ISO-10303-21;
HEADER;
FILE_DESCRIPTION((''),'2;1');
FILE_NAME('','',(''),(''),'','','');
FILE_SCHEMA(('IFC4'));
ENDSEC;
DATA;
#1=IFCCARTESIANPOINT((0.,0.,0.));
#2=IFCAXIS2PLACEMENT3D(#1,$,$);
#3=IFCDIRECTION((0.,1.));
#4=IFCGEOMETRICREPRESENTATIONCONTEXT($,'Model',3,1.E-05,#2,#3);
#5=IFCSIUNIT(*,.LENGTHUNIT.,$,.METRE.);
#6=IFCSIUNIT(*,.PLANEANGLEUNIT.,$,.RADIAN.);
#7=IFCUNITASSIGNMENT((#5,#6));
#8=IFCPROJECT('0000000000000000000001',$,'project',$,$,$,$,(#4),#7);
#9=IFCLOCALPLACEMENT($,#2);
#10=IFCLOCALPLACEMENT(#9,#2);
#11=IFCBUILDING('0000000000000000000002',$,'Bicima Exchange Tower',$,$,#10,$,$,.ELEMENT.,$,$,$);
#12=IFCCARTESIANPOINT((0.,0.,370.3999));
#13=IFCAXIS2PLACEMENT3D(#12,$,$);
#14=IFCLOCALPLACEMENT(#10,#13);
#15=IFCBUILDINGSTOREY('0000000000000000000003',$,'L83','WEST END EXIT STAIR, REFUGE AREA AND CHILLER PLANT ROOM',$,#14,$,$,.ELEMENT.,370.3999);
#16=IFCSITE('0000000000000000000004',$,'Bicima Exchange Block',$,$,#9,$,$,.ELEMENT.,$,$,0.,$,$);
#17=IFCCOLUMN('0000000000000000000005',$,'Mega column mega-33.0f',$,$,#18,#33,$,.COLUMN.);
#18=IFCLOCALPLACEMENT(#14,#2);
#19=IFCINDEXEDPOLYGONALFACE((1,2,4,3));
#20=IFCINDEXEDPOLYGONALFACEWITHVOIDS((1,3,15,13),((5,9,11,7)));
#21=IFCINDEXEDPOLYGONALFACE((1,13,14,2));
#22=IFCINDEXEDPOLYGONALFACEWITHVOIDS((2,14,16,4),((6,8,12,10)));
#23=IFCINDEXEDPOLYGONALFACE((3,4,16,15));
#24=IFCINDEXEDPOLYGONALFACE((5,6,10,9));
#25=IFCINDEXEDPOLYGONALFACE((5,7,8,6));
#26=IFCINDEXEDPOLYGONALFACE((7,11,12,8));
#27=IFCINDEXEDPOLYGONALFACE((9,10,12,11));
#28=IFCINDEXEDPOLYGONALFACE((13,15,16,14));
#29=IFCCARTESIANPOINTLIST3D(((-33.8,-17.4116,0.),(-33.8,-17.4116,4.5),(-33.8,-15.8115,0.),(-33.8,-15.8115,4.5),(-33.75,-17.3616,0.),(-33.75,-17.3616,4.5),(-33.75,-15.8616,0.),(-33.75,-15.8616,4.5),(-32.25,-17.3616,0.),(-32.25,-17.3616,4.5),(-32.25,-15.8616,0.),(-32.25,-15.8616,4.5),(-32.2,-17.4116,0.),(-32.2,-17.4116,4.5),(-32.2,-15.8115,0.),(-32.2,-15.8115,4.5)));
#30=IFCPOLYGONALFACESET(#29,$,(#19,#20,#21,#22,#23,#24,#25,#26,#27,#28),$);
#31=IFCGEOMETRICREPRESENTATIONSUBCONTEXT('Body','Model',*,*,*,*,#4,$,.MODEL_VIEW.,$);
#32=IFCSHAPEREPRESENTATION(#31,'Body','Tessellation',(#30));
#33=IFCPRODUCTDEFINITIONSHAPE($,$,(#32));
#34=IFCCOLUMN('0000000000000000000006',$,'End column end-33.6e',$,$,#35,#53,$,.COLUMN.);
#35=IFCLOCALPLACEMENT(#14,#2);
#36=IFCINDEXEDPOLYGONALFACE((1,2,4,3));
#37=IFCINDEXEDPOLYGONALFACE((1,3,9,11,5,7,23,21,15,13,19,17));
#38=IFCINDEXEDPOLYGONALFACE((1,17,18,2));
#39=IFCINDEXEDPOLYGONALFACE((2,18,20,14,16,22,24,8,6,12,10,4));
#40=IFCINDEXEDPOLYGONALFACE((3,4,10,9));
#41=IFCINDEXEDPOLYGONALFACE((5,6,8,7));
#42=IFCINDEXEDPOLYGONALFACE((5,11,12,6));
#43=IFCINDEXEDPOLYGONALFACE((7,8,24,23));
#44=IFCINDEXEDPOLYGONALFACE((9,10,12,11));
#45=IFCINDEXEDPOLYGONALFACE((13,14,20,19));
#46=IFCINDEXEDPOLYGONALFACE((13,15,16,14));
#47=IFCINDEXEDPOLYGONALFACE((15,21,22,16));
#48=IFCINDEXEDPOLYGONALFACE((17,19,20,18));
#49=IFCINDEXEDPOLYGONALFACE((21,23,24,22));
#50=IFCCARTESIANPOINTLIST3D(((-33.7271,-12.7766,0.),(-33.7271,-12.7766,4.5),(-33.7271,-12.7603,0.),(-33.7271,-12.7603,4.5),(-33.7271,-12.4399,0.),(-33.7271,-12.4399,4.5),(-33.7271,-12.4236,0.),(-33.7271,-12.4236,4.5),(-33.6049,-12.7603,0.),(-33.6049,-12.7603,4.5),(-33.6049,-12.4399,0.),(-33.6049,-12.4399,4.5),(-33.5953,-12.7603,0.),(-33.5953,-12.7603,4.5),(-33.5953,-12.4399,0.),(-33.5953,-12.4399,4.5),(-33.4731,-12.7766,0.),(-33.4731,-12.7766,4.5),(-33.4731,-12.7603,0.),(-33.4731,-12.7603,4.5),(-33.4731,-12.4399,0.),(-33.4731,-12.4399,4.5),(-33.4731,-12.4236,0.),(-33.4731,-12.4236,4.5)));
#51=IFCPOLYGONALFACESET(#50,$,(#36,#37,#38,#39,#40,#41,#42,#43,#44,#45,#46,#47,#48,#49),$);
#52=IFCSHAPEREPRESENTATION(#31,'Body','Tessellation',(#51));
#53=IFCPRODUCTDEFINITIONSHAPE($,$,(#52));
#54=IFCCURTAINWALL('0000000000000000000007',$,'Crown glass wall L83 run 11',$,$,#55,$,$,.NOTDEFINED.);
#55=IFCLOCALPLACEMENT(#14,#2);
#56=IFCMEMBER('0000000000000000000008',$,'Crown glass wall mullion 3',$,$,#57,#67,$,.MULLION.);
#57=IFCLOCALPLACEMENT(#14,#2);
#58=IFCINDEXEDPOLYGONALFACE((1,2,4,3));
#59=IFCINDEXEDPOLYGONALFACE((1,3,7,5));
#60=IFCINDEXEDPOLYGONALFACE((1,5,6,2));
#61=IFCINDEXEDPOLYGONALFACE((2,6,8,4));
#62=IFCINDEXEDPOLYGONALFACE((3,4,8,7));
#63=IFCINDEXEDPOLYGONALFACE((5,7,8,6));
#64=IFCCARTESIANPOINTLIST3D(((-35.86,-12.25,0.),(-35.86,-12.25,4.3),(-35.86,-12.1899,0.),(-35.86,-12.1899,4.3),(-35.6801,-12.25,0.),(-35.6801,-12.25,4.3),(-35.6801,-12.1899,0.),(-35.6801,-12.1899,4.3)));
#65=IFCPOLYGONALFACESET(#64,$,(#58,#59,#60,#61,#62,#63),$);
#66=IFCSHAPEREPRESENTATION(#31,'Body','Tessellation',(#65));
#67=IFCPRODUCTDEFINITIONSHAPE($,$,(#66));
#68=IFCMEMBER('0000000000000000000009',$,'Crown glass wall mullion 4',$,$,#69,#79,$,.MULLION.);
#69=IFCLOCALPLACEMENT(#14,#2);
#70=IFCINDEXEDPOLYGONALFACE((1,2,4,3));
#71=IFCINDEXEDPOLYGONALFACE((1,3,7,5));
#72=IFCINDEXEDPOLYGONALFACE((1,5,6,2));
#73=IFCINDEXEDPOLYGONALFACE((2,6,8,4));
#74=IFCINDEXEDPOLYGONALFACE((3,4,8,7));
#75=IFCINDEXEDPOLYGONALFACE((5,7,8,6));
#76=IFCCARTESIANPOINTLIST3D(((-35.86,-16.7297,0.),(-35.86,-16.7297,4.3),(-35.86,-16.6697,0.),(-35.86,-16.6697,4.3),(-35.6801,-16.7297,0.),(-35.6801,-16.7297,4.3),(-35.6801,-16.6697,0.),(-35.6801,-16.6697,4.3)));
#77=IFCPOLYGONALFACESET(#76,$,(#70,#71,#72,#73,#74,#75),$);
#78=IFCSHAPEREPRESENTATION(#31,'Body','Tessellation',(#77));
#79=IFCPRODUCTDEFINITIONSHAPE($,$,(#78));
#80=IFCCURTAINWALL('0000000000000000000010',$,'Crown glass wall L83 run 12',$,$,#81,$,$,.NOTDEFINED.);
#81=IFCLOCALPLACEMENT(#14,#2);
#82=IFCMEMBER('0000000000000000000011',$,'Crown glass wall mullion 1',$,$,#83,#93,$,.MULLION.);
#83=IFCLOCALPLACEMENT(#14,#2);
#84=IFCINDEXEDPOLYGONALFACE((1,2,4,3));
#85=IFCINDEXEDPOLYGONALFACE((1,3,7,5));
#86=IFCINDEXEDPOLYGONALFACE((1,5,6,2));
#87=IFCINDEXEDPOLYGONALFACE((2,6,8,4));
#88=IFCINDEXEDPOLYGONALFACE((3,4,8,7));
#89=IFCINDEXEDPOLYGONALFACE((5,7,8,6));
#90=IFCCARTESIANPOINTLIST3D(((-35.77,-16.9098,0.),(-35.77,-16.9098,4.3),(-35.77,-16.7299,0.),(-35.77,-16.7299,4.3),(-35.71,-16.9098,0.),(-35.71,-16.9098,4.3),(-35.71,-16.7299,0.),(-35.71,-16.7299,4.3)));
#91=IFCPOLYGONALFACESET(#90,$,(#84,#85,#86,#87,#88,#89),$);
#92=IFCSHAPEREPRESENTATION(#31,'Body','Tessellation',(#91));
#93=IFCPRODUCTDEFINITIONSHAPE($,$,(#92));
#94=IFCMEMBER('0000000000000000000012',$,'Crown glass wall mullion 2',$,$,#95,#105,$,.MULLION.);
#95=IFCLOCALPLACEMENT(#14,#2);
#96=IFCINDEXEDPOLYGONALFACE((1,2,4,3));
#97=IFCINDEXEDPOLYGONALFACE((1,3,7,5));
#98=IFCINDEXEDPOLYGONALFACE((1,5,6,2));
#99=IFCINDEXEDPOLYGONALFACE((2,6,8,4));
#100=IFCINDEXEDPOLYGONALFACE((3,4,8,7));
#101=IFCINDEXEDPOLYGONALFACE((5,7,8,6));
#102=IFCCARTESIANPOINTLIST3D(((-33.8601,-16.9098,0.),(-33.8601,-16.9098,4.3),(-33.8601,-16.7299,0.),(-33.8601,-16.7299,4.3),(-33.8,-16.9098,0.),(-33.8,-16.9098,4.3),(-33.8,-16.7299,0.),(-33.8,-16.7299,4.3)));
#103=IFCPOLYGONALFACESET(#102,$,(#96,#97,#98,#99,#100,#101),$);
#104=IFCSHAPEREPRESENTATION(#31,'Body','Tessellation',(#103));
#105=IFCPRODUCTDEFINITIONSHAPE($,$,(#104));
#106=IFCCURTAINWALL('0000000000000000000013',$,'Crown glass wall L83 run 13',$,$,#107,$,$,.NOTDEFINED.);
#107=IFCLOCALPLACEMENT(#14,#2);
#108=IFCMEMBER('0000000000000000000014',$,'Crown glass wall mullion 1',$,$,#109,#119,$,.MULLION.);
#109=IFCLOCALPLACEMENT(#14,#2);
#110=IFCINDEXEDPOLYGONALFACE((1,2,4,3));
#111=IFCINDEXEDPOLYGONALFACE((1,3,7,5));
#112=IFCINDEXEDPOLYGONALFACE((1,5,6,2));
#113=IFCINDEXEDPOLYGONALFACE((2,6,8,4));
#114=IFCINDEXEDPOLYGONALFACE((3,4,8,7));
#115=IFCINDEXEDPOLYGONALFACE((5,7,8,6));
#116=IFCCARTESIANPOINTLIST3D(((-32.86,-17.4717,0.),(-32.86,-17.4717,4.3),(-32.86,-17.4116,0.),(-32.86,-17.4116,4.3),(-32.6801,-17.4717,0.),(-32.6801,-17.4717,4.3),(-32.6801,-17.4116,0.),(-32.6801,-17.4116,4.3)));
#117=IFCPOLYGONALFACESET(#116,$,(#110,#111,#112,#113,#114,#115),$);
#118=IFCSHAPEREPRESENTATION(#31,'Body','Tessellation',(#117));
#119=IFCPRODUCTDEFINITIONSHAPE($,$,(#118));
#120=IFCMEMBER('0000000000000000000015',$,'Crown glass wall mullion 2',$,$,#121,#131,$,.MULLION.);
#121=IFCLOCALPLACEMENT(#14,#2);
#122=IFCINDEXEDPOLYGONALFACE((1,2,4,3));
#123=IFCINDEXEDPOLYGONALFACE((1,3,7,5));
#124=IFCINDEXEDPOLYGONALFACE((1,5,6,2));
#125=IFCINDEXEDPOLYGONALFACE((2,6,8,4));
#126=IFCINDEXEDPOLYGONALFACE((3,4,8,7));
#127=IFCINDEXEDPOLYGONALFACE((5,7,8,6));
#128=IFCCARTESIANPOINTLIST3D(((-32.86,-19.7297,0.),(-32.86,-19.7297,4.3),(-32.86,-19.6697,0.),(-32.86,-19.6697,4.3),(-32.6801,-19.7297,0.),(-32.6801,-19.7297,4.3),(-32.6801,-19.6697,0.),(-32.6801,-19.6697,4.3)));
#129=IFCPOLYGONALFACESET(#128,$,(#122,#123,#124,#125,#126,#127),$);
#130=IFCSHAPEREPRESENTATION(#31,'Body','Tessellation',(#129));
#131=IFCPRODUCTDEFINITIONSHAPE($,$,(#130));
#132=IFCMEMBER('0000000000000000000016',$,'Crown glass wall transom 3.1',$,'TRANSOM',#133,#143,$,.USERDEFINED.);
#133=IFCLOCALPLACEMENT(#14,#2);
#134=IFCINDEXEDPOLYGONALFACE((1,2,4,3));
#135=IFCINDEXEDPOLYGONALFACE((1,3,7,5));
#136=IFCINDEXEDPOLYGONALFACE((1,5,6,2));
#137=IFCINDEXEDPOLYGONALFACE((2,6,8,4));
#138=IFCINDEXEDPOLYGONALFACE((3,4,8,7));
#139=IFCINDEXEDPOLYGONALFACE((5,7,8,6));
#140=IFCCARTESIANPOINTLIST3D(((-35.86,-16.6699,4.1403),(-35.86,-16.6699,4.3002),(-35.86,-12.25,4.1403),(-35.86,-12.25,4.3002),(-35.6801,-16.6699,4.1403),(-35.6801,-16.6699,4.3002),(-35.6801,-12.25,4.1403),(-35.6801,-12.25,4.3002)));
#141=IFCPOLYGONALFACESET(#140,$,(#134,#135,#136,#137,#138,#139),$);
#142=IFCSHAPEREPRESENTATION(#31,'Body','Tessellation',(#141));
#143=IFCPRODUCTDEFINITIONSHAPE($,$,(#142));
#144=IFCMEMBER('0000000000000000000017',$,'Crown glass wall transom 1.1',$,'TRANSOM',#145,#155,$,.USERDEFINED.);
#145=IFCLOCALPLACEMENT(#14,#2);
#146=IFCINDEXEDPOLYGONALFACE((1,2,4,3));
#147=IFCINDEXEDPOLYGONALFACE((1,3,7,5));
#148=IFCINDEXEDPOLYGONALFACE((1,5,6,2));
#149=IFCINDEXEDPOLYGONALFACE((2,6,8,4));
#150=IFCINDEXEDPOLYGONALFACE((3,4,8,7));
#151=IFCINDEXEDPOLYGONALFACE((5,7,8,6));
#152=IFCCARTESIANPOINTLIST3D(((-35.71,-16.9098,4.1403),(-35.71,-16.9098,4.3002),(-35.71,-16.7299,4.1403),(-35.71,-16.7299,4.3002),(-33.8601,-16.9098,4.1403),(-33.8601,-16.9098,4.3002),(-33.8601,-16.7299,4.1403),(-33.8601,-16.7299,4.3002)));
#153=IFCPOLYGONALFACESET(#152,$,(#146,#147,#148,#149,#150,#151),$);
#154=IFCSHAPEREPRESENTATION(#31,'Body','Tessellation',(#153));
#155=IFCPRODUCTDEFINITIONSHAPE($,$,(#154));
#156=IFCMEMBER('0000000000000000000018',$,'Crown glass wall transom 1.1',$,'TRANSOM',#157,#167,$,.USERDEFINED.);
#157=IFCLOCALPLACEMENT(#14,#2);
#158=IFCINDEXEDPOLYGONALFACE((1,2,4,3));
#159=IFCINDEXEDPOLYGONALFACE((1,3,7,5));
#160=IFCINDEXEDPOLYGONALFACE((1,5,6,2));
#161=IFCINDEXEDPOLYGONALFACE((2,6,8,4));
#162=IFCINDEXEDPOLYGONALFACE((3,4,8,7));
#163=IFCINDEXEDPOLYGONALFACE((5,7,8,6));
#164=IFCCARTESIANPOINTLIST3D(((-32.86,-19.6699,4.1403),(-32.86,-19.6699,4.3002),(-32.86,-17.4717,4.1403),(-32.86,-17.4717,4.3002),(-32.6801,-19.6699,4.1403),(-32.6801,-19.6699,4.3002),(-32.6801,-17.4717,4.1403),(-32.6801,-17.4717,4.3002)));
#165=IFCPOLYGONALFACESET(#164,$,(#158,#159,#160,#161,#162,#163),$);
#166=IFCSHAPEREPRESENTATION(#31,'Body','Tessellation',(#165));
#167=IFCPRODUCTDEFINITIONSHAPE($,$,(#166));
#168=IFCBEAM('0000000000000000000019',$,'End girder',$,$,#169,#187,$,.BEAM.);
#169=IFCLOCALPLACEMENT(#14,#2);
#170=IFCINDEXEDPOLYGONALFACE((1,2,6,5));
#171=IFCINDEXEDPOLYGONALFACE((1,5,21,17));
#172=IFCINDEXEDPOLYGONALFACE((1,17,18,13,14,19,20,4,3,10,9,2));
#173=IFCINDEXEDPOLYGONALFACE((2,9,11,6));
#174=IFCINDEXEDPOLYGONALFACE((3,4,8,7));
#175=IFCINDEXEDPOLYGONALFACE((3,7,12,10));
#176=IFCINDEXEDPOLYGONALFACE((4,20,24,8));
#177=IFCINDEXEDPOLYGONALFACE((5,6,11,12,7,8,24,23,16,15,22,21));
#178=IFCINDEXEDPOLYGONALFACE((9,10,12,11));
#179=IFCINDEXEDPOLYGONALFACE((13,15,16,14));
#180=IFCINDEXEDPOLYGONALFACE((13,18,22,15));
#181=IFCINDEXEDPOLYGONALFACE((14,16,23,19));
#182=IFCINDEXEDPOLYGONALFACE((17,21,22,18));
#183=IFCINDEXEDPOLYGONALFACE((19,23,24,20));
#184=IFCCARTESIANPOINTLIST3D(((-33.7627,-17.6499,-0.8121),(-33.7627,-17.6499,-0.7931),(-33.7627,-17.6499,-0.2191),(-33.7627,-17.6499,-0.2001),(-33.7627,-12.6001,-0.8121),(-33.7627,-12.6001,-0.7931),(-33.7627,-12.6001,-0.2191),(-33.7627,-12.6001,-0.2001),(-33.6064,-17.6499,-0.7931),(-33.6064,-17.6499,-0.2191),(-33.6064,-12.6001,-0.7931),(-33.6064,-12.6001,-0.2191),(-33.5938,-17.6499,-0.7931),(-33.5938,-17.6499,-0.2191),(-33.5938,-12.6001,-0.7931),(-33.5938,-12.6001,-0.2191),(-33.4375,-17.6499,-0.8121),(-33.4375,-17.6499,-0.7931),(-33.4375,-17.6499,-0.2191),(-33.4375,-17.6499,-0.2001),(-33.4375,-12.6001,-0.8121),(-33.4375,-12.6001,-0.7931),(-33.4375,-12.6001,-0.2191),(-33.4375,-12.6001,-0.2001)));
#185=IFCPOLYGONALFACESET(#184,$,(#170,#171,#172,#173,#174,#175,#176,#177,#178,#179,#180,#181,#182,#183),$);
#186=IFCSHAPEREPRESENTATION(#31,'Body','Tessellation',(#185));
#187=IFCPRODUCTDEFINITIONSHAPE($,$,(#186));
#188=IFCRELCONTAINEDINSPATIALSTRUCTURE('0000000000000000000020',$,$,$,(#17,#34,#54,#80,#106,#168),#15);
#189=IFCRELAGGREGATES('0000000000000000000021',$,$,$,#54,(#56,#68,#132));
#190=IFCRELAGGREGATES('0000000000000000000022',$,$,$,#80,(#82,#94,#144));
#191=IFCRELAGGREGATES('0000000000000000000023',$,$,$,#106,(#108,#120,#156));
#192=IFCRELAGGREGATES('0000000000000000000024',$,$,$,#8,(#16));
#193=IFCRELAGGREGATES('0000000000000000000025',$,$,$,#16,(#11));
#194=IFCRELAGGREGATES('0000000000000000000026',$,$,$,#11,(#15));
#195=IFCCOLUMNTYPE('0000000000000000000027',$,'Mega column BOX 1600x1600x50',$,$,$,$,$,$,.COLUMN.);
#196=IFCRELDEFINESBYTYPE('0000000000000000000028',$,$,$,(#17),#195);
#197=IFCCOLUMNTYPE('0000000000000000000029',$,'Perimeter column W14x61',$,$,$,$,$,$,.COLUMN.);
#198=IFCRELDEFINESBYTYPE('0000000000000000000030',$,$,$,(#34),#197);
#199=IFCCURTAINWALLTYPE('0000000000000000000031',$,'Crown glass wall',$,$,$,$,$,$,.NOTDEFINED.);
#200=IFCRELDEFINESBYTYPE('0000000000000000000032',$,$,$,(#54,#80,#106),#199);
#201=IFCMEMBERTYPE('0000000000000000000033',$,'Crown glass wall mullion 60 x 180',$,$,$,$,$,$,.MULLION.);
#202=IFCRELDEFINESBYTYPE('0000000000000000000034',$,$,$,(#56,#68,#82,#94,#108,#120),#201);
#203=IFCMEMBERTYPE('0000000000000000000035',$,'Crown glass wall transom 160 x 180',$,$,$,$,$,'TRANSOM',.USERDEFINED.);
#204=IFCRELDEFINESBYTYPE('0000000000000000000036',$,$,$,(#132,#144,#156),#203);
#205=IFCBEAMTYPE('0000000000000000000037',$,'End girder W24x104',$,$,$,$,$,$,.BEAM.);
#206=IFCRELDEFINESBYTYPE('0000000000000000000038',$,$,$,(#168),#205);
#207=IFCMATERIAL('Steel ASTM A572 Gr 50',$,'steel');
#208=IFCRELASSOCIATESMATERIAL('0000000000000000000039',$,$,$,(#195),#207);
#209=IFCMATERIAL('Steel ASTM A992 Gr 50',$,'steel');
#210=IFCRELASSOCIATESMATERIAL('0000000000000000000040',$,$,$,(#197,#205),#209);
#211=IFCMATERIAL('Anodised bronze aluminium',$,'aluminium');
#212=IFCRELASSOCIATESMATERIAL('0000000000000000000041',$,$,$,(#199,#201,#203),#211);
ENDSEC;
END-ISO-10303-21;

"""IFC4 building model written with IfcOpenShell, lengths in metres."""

from ifc_helpers import new_model, si_unit, direction, frame, origin, origin_2d, place, context, subcontext, project, spatial, rectangle, hollow_rectangle, i_section, extrude, material, material_profile, profile_set, type_object, element, aggregate, save


model = new_model("IFC4")

# Units and contexts
model_context = context("Model", 3, precision=1e-05, world=origin(), true_north=direction((0.0, 1.0)))
body_context = subcontext(model_context, "Body", "Model", "MODEL_VIEW")
ifc_project = project(units=[si_unit("LENGTHUNIT", "METRE"), si_unit("PLANEANGLEUNIT", "RADIAN")], contexts=[model_context])

# Site, building, storey
site_placement = place(None, origin())
site = spatial("IfcSite", under=ifc_project, at=site_placement, Name="Bicima Exchange Block", CompositionType="ELEMENT", RefElevation=0.0)
building_placement = place(site_placement, origin())
building = spatial("IfcBuilding", under=site, at=building_placement, Name="Bicima Exchange Tower", CompositionType="ELEMENT")
storey_placement = place(building_placement, frame((0.0, 0.0, 370.3999)))
storey = spatial("IfcBuildingStorey", under=building, at=storey_placement, Name="L83", Description="WEST END EXIT STAIR, REFUGE AREA AND CHILLER PLANT ROOM", CompositionType="ELEMENT", Elevation=370.3999)

# Columns
ifc_material_1 = material(Name="Steel ASTM A572 Gr 50", Category="steel")
ifc_material_profile_1 = material_profile(ifc_material_1, hollow_rectangle(XDim=1.6001, YDim=1.6001, WallThickness=0.05, at=origin_2d()))
ifc_profile_set_1 = profile_set([ifc_material_profile_1], Name="Steel ASTM A572 Gr 50")
column_type_1 = type_object("IfcColumnType", Name="Mega column BOX 1600x1600x50", PredefinedType="COLUMN", material=ifc_profile_set_1)
column_1_placement = place(storey_placement, frame((-33.0, -16.6116, 0.0), z_axis=(0.0, 0.0, 1.0), x_axis=(1.0, 0.0, 0.0)))
element("IfcColumn", 1, at=column_1_placement, inside=storey, type_object=column_type_1, Name="Mega column mega-33.0f", PredefinedType="COLUMN", context=body_context, shape_type="SweptSolid", body=[
    extrude(hollow_rectangle(XDim=1.6001, YDim=1.6001, WallThickness=0.05, at=origin_2d()), origin(), (0.0, 0.0, 1.0), 4.5),
])
ifc_material_2 = material(Name="Steel ASTM A992 Gr 50", Category="steel")
ifc_material_profile_2 = material_profile(ifc_material_2, i_section(OverallWidth=0.2539, OverallDepth=0.353, WebThickness=0.0095, FlangeThickness=0.0164, at=origin_2d()))
ifc_profile_set_2 = profile_set([ifc_material_profile_2], Name="Steel ASTM A992 Gr 50")
column_type_2 = type_object("IfcColumnType", Name="Perimeter column W14x61", PredefinedType="COLUMN", material=ifc_profile_set_2)
column_2_placement = place(storey_placement, frame((-33.6001, -12.6001, 0.0), z_axis=(0.0, 0.0, 1.0), x_axis=(1.0, 0.0, 0.0)))
element("IfcColumn", 2, at=column_2_placement, inside=storey, type_object=column_type_2, Name="End column end-33.6e", PredefinedType="COLUMN", context=body_context, shape_type="SweptSolid", body=[
    extrude(i_section(OverallWidth=0.2539, OverallDepth=0.353, WebThickness=0.0095, FlangeThickness=0.0164, at=origin_2d()), origin(), (0.0, 0.0, 1.0), 4.5),
])

# Curtain walls, members
ifc_material_3 = material(Name="Anodised bronze aluminium", Category="aluminium")
curtain_wall_type = type_object("IfcCurtainWallType", Name="Crown glass wall", PredefinedType="NOTDEFINED", material=ifc_material_3)
curtain_wall_1_placement = place(storey_placement, origin())
curtain_wall_1 = element("IfcCurtainWall", 3, at=curtain_wall_1_placement, inside=storey, type_object=curtain_wall_type, Name="Crown glass wall L83 run 11", PredefinedType="NOTDEFINED")
ifc_material_profile_3 = material_profile(ifc_material_3, rectangle(XDim=0.1799, YDim=0.0601, at=origin_2d()))
ifc_profile_set_3 = profile_set([ifc_material_profile_3], Name="Anodised bronze aluminium")
member_type_1 = type_object("IfcMemberType", Name="Crown glass wall mullion 60 x 180", PredefinedType="MULLION", material=ifc_profile_set_3)
member_1_placement = place(storey_placement, frame((-35.77, -12.22, 0.0), z_axis=(0.0, 0.0, 1.0), x_axis=(1.0, 0.0, 0.0)))
member_1 = element("IfcMember", 4, at=member_1_placement, type_object=member_type_1, Name="Crown glass wall mullion 3", PredefinedType="MULLION", context=body_context, shape_type="SweptSolid", body=[
    extrude(rectangle(XDim=0.1799, YDim=0.0601, at=origin_2d()), origin(), (0.0, 0.0, 1.0), 4.3),
])
member_2_placement = place(storey_placement, frame((-35.77, -16.6997, 0.0), z_axis=(0.0, 0.0, 1.0), x_axis=(1.0, 0.0, 0.0)))
member_2 = element("IfcMember", 5, at=member_2_placement, type_object=member_type_1, Name="Crown glass wall mullion 4", PredefinedType="MULLION", context=body_context, shape_type="SweptSolid", body=[
    extrude(rectangle(XDim=0.1799, YDim=0.0601, at=origin_2d()), origin(), (0.0, 0.0, 1.0), 4.3),
])
curtain_wall_2_placement = place(storey_placement, origin())
curtain_wall_2 = element("IfcCurtainWall", 6, at=curtain_wall_2_placement, inside=storey, type_object=curtain_wall_type, Name="Crown glass wall L83 run 12", PredefinedType="NOTDEFINED")
member_3_placement = place(storey_placement, frame((-35.74, -16.8198, 0.0), z_axis=(0.0, 0.0, 1.0), x_axis=(0.0, 1.0, 0.0)))
member_3 = element("IfcMember", 7, at=member_3_placement, type_object=member_type_1, Name="Crown glass wall mullion 1", PredefinedType="MULLION", context=body_context, shape_type="SweptSolid", body=[
    extrude(rectangle(XDim=0.1799, YDim=0.0601, at=origin_2d()), origin(), (0.0, 0.0, 1.0), 4.3),
])
member_4_placement = place(storey_placement, frame((-33.8301, -16.8198, 0.0), z_axis=(0.0, 0.0, 1.0), x_axis=(0.0, 1.0, 0.0)))
member_4 = element("IfcMember", 8, at=member_4_placement, type_object=member_type_1, Name="Crown glass wall mullion 2", PredefinedType="MULLION", context=body_context, shape_type="SweptSolid", body=[
    extrude(rectangle(XDim=0.1799, YDim=0.0601, at=origin_2d()), origin(), (0.0, 0.0, 1.0), 4.3),
])
curtain_wall_3_placement = place(storey_placement, origin())
curtain_wall_3 = element("IfcCurtainWall", 9, at=curtain_wall_3_placement, inside=storey, type_object=curtain_wall_type, Name="Crown glass wall L83 run 13", PredefinedType="NOTDEFINED")
member_5_placement = place(storey_placement, frame((-32.77, -17.4417, 0.0), z_axis=(0.0, 0.0, 1.0), x_axis=(1.0, 0.0, 0.0)))
member_5 = element("IfcMember", 10, at=member_5_placement, type_object=member_type_1, Name="Crown glass wall mullion 1", PredefinedType="MULLION", context=body_context, shape_type="SweptSolid", body=[
    extrude(rectangle(XDim=0.1799, YDim=0.0601, at=origin_2d()), origin(), (0.0, 0.0, 1.0), 4.3),
])
member_6_placement = place(storey_placement, frame((-32.77, -19.6997, 0.0), z_axis=(0.0, 0.0, 1.0), x_axis=(1.0, 0.0, 0.0)))
member_6 = element("IfcMember", 11, at=member_6_placement, type_object=member_type_1, Name="Crown glass wall mullion 2", PredefinedType="MULLION", context=body_context, shape_type="SweptSolid", body=[
    extrude(rectangle(XDim=0.1799, YDim=0.0601, at=origin_2d()), origin(), (0.0, 0.0, 1.0), 4.3),
])

# Members
ifc_material_profile_4 = material_profile(ifc_material_3, rectangle(XDim=0.1799, YDim=0.1599, at=origin_2d()))
ifc_profile_set_4 = profile_set([ifc_material_profile_4], Name="Anodised bronze aluminium")
member_type_2 = type_object("IfcMemberType", Name="Crown glass wall transom 160 x 180", ElementType="TRANSOM", PredefinedType="USERDEFINED", material=ifc_profile_set_4)
member_7_placement = place(storey_placement, frame((-35.77, -12.25, 4.2202), z_axis=(0.0, -1.0, 0.0), x_axis=(1.0, 0.0, 0.0)))
member_7 = element("IfcMember", 12, at=member_7_placement, type_object=member_type_2, Name="Crown glass wall transom 3.1", ObjectType="TRANSOM", PredefinedType="USERDEFINED", context=body_context, shape_type="SweptSolid", body=[
    extrude(rectangle(XDim=0.1799, YDim=0.1599, at=origin_2d()), origin(), (0.0, 0.0, 1.0), 4.4199),
])
member_8_placement = place(storey_placement, frame((-35.71, -16.8198, 4.2202), z_axis=(1.0, 0.0, 0.0), x_axis=(0.0, 1.0, 0.0)))
member_8 = element("IfcMember", 13, at=member_8_placement, type_object=member_type_2, Name="Crown glass wall transom 1.1", ObjectType="TRANSOM", PredefinedType="USERDEFINED", context=body_context, shape_type="SweptSolid", body=[
    extrude(rectangle(XDim=0.1799, YDim=0.1599, at=origin_2d()), origin(), (0.0, 0.0, 1.0), 1.8499),
])
member_9_placement = place(storey_placement, frame((-32.77, -17.4717, 4.2202), z_axis=(0.0, -1.0, 0.0), x_axis=(1.0, 0.0, 0.0)))
member_9 = element("IfcMember", 14, at=member_9_placement, type_object=member_type_2, Name="Crown glass wall transom 1.1", ObjectType="TRANSOM", PredefinedType="USERDEFINED", context=body_context, shape_type="SweptSolid", body=[
    extrude(rectangle(XDim=0.1799, YDim=0.1599, at=origin_2d()), origin(), (0.0, 0.0, 1.0), 2.1982),
])

# Beam
ifc_material_profile_5 = material_profile(ifc_material_2, i_section(OverallWidth=0.3252, OverallDepth=0.6121, WebThickness=0.0127, FlangeThickness=0.019, at=origin_2d()))
ifc_profile_set_5 = profile_set([ifc_material_profile_5], Name="Steel ASTM A992 Gr 50")
beam_type_1 = type_object("IfcBeamType", Name="End girder W24x104", PredefinedType="BEAM", material=ifc_profile_set_5)
beam_1_placement = place(storey_placement, frame((-33.6001, -12.6001, -0.5061), z_axis=(0.0, -1.0, 0.0), x_axis=(1.0, 0.0, 0.0)))
element("IfcBeam", 15, at=beam_1_placement, inside=storey, type_object=beam_type_1, Name="End girder", PredefinedType="BEAM", context=body_context, shape_type="SweptSolid", body=[
    extrude(i_section(OverallWidth=0.3252, OverallDepth=0.6121, WebThickness=0.0127, FlangeThickness=0.019, at=origin_2d()), origin(), (0.0, 0.0, 1.0), 5.0498),
])

aggregate(curtain_wall_1, [member_1, member_2, member_7])
aggregate(curtain_wall_2, [member_3, member_4, member_8])
aggregate(curtain_wall_3, [member_5, member_6, member_9])

save(model, "model.ifc")
